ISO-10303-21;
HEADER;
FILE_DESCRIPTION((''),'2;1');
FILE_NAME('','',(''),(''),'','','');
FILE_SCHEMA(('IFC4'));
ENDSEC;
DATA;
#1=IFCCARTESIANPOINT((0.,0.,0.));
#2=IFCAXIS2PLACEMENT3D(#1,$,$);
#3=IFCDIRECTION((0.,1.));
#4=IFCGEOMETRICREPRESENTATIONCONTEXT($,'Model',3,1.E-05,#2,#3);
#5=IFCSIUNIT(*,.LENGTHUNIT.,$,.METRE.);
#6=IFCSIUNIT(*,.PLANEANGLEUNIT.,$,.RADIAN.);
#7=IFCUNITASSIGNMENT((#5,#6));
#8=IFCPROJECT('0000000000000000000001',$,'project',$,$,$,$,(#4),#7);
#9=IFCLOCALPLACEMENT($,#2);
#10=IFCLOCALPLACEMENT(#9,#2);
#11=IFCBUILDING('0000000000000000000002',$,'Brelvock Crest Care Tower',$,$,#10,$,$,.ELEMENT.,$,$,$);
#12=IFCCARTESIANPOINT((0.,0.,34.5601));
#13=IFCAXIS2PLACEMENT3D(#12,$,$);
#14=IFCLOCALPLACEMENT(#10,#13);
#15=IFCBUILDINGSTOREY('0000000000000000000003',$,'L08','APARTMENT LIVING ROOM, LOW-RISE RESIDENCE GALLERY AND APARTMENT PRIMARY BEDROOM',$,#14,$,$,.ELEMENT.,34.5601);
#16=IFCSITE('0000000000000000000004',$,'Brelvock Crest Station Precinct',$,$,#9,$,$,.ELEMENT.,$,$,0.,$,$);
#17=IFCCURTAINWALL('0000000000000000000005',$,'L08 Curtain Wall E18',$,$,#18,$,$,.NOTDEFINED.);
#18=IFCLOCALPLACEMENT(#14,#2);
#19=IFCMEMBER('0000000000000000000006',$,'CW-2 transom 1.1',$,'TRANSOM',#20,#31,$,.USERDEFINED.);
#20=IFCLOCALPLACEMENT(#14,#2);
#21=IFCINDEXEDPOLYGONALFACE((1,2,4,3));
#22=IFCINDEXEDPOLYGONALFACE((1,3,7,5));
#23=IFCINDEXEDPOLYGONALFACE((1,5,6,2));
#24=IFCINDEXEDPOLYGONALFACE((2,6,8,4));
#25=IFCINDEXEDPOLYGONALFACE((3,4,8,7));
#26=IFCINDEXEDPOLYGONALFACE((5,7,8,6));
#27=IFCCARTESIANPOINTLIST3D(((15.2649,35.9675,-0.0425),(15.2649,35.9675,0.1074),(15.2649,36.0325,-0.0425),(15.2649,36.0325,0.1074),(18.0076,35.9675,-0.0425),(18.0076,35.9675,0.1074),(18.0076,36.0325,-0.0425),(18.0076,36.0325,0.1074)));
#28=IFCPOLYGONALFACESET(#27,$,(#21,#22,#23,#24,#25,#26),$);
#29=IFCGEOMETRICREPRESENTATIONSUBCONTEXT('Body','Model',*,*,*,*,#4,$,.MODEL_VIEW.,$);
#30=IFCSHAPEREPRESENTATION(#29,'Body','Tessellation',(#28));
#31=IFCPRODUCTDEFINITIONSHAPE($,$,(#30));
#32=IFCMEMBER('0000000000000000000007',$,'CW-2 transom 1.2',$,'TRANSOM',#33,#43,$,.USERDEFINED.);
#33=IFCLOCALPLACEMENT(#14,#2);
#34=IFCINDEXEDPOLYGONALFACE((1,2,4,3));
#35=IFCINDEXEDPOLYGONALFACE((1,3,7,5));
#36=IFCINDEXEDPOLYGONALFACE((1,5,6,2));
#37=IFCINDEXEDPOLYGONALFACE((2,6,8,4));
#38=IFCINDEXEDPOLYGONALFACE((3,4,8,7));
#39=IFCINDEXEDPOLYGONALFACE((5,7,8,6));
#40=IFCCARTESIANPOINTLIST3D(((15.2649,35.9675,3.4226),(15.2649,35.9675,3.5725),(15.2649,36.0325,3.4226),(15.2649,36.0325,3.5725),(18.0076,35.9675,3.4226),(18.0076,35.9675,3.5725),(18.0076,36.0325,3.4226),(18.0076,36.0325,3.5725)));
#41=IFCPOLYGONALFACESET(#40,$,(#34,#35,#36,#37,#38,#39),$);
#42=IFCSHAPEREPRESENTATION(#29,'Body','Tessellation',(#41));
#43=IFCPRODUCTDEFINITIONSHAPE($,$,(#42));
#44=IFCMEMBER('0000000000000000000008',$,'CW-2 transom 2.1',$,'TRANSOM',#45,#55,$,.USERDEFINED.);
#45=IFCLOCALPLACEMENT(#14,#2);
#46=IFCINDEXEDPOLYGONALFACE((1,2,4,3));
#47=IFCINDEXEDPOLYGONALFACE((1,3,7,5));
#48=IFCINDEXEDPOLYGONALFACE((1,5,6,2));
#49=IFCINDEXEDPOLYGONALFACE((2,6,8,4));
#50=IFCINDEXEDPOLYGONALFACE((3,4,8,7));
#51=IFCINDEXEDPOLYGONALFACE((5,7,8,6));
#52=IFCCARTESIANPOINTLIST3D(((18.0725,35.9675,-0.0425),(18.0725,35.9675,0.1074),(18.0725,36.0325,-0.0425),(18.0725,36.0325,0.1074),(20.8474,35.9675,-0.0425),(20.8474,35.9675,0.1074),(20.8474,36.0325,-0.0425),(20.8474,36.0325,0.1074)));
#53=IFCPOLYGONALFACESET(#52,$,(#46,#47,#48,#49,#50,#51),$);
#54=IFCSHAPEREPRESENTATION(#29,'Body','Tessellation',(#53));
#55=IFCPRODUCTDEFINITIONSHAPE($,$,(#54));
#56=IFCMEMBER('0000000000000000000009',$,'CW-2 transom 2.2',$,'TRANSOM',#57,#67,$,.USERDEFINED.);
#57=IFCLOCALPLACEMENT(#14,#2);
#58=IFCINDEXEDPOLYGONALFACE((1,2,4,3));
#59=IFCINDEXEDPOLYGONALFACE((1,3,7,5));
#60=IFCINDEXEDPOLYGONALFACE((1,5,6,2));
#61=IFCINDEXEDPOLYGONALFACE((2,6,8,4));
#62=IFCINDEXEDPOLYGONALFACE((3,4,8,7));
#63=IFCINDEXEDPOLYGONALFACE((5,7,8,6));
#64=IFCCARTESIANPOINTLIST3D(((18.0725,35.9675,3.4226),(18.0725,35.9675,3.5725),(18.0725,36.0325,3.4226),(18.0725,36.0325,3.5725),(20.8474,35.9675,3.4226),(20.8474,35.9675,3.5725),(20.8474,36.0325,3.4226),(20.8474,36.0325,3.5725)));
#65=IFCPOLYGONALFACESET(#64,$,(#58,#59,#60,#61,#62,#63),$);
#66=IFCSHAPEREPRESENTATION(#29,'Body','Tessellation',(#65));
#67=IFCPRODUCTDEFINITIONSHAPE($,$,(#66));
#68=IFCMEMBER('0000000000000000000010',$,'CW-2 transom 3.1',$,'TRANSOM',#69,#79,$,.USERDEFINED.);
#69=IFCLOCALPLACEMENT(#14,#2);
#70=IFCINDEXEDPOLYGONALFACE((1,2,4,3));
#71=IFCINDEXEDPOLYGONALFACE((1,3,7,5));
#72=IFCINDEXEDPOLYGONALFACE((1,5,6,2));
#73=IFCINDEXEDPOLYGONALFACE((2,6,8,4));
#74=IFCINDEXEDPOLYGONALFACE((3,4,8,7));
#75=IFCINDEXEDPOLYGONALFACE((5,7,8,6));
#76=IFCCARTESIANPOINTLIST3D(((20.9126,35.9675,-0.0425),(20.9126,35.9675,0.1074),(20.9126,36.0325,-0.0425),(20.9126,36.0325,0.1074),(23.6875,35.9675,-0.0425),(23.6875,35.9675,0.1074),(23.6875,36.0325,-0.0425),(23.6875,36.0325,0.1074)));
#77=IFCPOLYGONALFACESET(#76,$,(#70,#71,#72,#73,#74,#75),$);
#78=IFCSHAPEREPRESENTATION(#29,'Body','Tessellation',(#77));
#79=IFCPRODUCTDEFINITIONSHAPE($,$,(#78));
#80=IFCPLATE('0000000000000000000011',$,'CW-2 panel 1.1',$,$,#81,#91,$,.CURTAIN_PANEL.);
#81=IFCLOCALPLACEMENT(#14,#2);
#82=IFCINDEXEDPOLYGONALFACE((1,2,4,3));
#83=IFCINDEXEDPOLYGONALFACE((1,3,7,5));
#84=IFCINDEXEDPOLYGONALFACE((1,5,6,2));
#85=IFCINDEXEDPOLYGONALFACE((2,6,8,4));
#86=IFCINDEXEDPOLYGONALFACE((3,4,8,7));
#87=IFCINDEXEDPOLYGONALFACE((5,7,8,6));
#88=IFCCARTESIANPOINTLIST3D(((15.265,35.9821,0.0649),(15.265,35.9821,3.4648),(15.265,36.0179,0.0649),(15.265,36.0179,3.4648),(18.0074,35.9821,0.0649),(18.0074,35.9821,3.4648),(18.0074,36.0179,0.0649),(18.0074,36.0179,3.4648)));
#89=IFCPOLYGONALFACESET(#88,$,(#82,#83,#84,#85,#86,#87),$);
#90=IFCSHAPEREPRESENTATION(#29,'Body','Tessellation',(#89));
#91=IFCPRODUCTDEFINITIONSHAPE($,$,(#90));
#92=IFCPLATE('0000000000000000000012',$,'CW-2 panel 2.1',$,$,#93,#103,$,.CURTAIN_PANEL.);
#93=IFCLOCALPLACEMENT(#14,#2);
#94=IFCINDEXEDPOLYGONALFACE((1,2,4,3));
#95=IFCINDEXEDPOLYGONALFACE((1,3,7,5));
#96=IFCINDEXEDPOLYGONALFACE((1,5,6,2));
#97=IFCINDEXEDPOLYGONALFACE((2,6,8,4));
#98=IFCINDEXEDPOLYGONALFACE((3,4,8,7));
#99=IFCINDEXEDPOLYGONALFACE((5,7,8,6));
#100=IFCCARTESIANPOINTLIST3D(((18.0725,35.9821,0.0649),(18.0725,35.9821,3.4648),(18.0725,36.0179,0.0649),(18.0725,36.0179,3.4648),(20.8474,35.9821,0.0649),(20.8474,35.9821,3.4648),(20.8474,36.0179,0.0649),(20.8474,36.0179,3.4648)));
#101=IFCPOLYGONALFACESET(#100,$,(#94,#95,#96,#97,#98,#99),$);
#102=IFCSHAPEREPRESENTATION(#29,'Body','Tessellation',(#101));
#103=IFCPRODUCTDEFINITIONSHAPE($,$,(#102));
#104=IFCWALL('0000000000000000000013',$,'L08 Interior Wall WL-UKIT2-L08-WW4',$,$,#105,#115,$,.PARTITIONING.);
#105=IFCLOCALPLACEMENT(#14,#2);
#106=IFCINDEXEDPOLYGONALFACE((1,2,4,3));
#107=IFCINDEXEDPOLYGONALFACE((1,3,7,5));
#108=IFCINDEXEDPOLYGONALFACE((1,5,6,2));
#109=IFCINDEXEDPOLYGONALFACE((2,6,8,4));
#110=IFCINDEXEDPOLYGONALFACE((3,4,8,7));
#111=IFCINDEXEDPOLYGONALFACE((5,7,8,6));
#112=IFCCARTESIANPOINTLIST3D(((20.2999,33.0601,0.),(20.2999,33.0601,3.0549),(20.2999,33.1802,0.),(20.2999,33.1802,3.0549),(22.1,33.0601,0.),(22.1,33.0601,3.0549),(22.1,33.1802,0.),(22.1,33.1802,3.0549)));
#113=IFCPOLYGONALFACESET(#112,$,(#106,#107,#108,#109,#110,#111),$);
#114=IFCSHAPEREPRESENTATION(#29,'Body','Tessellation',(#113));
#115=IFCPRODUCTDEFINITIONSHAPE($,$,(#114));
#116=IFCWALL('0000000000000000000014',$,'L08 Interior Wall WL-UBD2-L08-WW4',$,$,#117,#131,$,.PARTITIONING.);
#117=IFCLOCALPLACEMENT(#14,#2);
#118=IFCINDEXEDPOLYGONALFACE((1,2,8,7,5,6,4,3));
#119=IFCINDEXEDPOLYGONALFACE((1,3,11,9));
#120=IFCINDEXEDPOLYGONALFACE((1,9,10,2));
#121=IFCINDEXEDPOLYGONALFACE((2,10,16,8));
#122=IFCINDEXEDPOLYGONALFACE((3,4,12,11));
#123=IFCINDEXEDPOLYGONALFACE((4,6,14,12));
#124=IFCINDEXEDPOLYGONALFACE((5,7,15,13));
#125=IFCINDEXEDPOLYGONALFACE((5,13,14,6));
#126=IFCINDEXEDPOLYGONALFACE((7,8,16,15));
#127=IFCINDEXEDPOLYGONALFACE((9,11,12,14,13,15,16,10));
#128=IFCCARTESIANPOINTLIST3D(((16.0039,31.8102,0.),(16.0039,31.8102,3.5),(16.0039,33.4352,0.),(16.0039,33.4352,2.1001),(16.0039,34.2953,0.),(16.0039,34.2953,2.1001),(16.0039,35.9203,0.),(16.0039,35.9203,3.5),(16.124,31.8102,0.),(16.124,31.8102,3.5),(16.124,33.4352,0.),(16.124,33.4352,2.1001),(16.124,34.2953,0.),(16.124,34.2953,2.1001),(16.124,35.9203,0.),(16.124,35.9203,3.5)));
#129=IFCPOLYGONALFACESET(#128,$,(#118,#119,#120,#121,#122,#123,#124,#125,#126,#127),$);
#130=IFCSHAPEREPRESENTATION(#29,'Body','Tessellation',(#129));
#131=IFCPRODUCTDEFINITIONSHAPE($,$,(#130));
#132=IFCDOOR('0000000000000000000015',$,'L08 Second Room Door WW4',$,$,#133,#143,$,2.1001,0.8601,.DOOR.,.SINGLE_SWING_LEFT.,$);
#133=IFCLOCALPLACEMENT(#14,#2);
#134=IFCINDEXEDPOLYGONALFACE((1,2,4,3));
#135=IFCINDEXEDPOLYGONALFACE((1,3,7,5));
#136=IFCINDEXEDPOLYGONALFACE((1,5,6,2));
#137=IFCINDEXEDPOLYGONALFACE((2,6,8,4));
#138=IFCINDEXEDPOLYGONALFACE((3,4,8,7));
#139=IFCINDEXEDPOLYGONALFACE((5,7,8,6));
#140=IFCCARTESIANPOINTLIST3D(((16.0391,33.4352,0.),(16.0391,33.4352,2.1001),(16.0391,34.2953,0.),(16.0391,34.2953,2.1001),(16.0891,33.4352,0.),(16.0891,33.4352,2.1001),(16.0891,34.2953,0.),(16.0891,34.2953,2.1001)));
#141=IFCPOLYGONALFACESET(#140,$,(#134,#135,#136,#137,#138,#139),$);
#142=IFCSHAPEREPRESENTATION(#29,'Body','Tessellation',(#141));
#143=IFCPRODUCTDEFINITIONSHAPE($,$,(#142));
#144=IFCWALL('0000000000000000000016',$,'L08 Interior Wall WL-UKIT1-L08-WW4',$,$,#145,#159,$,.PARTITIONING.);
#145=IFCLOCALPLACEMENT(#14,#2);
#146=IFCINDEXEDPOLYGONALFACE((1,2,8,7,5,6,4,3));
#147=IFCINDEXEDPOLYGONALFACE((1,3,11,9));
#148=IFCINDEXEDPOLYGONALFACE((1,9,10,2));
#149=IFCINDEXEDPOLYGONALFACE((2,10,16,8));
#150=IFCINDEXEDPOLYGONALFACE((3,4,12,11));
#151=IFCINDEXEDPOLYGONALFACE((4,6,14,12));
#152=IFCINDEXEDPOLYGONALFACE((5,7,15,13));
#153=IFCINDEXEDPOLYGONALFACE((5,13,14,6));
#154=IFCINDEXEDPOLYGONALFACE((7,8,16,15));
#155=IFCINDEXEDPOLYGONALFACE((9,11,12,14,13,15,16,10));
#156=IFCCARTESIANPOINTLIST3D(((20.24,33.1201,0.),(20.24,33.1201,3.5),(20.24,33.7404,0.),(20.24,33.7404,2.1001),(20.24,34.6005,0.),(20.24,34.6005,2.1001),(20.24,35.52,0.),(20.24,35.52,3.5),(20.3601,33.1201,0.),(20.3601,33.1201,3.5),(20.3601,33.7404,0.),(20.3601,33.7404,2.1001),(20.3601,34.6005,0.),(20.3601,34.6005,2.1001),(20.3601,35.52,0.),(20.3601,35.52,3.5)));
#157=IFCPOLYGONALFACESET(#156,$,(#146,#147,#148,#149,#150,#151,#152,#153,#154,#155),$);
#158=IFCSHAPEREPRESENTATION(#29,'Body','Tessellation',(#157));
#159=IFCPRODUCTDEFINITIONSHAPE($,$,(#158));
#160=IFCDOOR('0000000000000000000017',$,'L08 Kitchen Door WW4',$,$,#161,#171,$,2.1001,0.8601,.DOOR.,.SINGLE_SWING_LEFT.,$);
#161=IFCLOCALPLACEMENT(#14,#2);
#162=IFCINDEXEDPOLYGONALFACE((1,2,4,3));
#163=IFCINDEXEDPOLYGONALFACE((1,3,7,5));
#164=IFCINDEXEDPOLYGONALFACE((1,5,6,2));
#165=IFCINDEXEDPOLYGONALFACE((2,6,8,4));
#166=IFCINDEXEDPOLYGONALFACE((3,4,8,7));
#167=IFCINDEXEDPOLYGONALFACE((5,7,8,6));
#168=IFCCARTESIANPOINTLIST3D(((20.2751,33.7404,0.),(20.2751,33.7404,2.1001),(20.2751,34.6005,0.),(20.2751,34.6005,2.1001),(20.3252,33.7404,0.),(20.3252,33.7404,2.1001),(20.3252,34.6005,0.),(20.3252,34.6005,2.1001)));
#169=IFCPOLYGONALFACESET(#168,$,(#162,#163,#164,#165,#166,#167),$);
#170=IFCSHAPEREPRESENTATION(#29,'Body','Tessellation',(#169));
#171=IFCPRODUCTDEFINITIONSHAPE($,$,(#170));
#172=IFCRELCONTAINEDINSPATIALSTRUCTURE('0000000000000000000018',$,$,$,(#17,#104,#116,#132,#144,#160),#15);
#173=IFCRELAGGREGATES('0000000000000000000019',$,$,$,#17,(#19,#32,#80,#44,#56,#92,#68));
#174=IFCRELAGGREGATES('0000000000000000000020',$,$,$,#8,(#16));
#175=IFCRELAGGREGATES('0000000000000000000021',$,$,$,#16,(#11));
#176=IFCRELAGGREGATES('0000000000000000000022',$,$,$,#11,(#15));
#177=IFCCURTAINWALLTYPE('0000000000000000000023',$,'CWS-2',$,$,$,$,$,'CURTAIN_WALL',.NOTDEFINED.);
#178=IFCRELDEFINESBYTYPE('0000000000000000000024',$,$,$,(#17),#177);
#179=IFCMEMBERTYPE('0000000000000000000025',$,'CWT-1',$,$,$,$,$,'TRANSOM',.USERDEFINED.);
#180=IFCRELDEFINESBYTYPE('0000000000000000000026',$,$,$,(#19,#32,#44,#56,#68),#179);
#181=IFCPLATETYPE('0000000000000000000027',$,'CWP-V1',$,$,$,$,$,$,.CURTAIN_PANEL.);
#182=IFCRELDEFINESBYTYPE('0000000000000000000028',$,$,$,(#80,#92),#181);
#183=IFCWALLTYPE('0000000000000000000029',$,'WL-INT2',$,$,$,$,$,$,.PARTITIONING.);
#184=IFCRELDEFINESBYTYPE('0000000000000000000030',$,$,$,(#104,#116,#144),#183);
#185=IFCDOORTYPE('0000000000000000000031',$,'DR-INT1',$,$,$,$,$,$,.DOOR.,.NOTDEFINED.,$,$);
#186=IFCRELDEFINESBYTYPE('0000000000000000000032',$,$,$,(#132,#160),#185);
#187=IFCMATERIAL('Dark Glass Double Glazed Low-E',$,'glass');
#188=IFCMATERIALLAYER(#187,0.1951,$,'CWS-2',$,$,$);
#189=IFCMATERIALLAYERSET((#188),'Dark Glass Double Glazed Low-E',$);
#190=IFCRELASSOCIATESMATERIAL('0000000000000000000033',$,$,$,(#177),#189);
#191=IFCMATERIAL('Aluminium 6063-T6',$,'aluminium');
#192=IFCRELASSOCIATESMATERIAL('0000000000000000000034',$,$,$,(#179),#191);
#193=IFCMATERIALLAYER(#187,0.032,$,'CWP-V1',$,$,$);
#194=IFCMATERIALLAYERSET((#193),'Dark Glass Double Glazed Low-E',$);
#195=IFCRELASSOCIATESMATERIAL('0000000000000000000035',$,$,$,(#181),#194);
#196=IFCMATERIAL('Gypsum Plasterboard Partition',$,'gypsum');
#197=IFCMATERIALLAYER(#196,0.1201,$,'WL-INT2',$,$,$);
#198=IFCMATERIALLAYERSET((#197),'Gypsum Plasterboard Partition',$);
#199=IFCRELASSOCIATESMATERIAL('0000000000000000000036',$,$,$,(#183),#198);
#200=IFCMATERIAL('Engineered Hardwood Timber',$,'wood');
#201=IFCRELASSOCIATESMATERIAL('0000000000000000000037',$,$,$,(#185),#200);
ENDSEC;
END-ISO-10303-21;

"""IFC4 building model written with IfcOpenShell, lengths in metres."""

from ifc_helpers import new_model, si_unit, direction, frame, frame_2d, origin, origin_2d, place, context, subcontext, project, spatial, rectangle, extrude, source, transform, mapped, material, layer, layer_set, material_profile, profile_set, type_object, element, fill, aggregate, save


model = new_model("IFC4")

# Units and contexts
model_context = context("Model", 3, precision=1e-05, world=origin(), true_north=direction((0.0, 1.0)))
body_context = subcontext(model_context, "Body", "Model", "MODEL_VIEW")
ifc_project = project(units=[si_unit("LENGTHUNIT", "METRE"), si_unit("PLANEANGLEUNIT", "RADIAN")], contexts=[model_context])

# Site, building, storey
site_placement = place(None, origin())
site = spatial("IfcSite", under=ifc_project, at=site_placement, Name="Brelvock Crest Station Precinct", CompositionType="ELEMENT", RefElevation=0.0)
building_placement = place(site_placement, origin())
building = spatial("IfcBuilding", under=site, at=building_placement, Name="Brelvock Crest Care Tower", CompositionType="ELEMENT")
storey_placement = place(building_placement, frame((0.0, 0.0, 34.5601)))
storey = spatial("IfcBuildingStorey", under=building, at=storey_placement, Name="L08", Description="APARTMENT LIVING ROOM, LOW-RISE RESIDENCE GALLERY AND APARTMENT PRIMARY BEDROOM", CompositionType="ELEMENT", Elevation=34.5601)

# Curtain wall, members, plates
ifc_material_1 = material(Name="Dark Glass Double Glazed Low-E", Category="glass")
ifc_layer_1 = layer(ifc_material_1, 0.1951, Name="CWS-2")
ifc_layer_set_1 = layer_set([ifc_layer_1], Name="Dark Glass Double Glazed Low-E")
curtain_wall_type = type_object("IfcCurtainWallType", Name="CWS-2", ElementType="CURTAIN_WALL", PredefinedType="NOTDEFINED", material=ifc_layer_set_1)
curtain_wall_placement = place(storey_placement, origin())
curtain_wall = element("IfcCurtainWall", 1, at=curtain_wall_placement, inside=storey, type_object=curtain_wall_type, Name="L08 Curtain Wall E18", PredefinedType="NOTDEFINED")
ifc_material_2 = material(Name="Aluminium 6063-T6", Category="aluminium")
ifc_material_profile_1 = material_profile(ifc_material_2, rectangle(XDim=0.0649, YDim=0.1499, at=origin_2d()), Name="ALU65x150")
ifc_profile_set_1 = profile_set([ifc_material_profile_1], Name="Aluminium 6063-T6")
member_type_1 = type_object("IfcMemberType", Name="CWT-1", ElementType="TRANSOM", PredefinedType="USERDEFINED", material=ifc_profile_set_1)
shared_shape_1 = source(origin(), body_context, "Body", "SweptSolid", [
    extrude(rectangle(XDim=0.0649, YDim=0.1499, at=origin_2d()), origin(), (0.0, 0.0, 1.0), 2.7427),
])
member_1_placement = place(storey_placement, frame((15.2649, 36.0, 0.0325), z_axis=(1.0, 0.0, 0.0), x_axis=(0.0, 1.0, 0.0)))
member_1 = element("IfcMember", 2, at=member_1_placement, type_object=member_type_1, Name="CW-2 transom 1.1", ObjectType="TRANSOM", PredefinedType="USERDEFINED", context=body_context, shape_type="MappedRepresentation", body=[
    mapped(shared_shape_1, transform((0.0, 0.0, 0.0), x_axis=(1.0, 0.0, 0.0), y_axis=(0.0, 1.0, 0.0), z_axis=(0.0, 0.0, 1.0), scale=1.0)),
])
member_2_placement = place(storey_placement, frame((15.2649, 36.0, 3.4976), z_axis=(1.0, 0.0, 0.0), x_axis=(0.0, 1.0, 0.0)))
member_2 = element("IfcMember", 3, at=member_2_placement, type_object=member_type_1, Name="CW-2 transom 1.2", ObjectType="TRANSOM", PredefinedType="USERDEFINED", context=body_context, shape_type="MappedRepresentation", body=[
    mapped(shared_shape_1, transform((0.0, 0.0, 0.0), x_axis=(1.0, 0.0, 0.0), y_axis=(0.0, 1.0, 0.0), z_axis=(0.0, 0.0, 1.0), scale=1.0)),
])
shared_shape_2 = source(origin(), body_context, "Body", "SweptSolid", [
    extrude(rectangle(XDim=0.0649, YDim=0.1499, at=origin_2d()), origin(), (0.0, 0.0, 1.0), 2.7749),
])
member_3_placement = place(storey_placement, frame((18.0725, 36.0, 0.0325), z_axis=(1.0, 0.0, 0.0), x_axis=(0.0, 1.0, 0.0)))
member_3 = element("IfcMember", 4, at=member_3_placement, type_object=member_type_1, Name="CW-2 transom 2.1", ObjectType="TRANSOM", PredefinedType="USERDEFINED", context=body_context, shape_type="MappedRepresentation", body=[
    mapped(shared_shape_2, transform((0.0, 0.0, 0.0), x_axis=(1.0, 0.0, 0.0), y_axis=(0.0, 1.0, 0.0), z_axis=(0.0, 0.0, 1.0), scale=1.0)),
])
member_4_placement = place(storey_placement, frame((18.0725, 36.0, 3.4976), z_axis=(1.0, 0.0, 0.0), x_axis=(0.0, 1.0, 0.0)))
member_4 = element("IfcMember", 5, at=member_4_placement, type_object=member_type_1, Name="CW-2 transom 2.2", ObjectType="TRANSOM", PredefinedType="USERDEFINED", context=body_context, shape_type="MappedRepresentation", body=[
    mapped(shared_shape_2, transform((0.0, 0.0, 0.0), x_axis=(1.0, 0.0, 0.0), y_axis=(0.0, 1.0, 0.0), z_axis=(0.0, 0.0, 1.0), scale=1.0)),
])
member_5_placement = place(storey_placement, frame((20.9126, 36.0, 0.0325), z_axis=(1.0, 0.0, 0.0), x_axis=(0.0, 1.0, 0.0)))
member_5 = element("IfcMember", 6, at=member_5_placement, type_object=member_type_1, Name="CW-2 transom 3.1", ObjectType="TRANSOM", PredefinedType="USERDEFINED", context=body_context, shape_type="MappedRepresentation", body=[
    mapped(shared_shape_2, transform((0.0, 0.0, 0.0), x_axis=(1.0, 0.0, 0.0), y_axis=(0.0, 1.0, 0.0), z_axis=(0.0, 0.0, 1.0), scale=1.0)),
])
ifc_layer_2 = layer(ifc_material_1, 0.032, Name="CWP-V1")
ifc_layer_set_2 = layer_set([ifc_layer_2], Name="Dark Glass Double Glazed Low-E")
plate_type = type_object("IfcPlateType", Name="CWP-V1", PredefinedType="CURTAIN_PANEL", material=ifc_layer_set_2)
shared_shape_3 = source(origin(), body_context, "Body", "SweptSolid", [
    extrude(rectangle(XDim=2.7424, YDim=0.0359, at=origin_2d()), origin(), (0.0, 0.0, 1.0), 3.3999),
])
plate_1_placement = place(storey_placement, frame((16.6362, 36.0, 0.0649), z_axis=(0.0, 0.0, 1.0), x_axis=(1.0, 0.0, 0.0)))
plate_1 = element("IfcPlate", 7, at=plate_1_placement, type_object=plate_type, Name="CW-2 panel 1.1", PredefinedType="CURTAIN_PANEL", context=body_context, shape_type="MappedRepresentation", body=[
    mapped(shared_shape_3, transform((0.0, 0.0, 0.0), x_axis=(1.0, 0.0, 0.0), y_axis=(0.0, 1.0, 0.0), z_axis=(0.0, 0.0, 1.0), scale=1.0)),
])
shared_shape_4 = source(origin(), body_context, "Body", "SweptSolid", [
    extrude(rectangle(XDim=2.7749, YDim=0.0359, at=origin_2d()), origin(), (0.0, 0.0, 1.0), 3.3999),
])
plate_2_placement = place(storey_placement, frame((19.46, 36.0, 0.0649), z_axis=(0.0, 0.0, 1.0), x_axis=(1.0, 0.0, 0.0)))
plate_2 = element("IfcPlate", 8, at=plate_2_placement, type_object=plate_type, Name="CW-2 panel 2.1", PredefinedType="CURTAIN_PANEL", context=body_context, shape_type="MappedRepresentation", body=[
    mapped(shared_shape_4, transform((0.0, 0.0, 0.0), x_axis=(1.0, 0.0, 0.0), y_axis=(0.0, 1.0, 0.0), z_axis=(0.0, 0.0, 1.0), scale=1.0)),
])
aggregate(curtain_wall, [member_1, member_2, plate_1, member_3, member_4, plate_2, member_5])

# Wall
ifc_material_3 = material(Name="Gypsum Plasterboard Partition", Category="gypsum")
ifc_layer_3 = layer(ifc_material_3, 0.1201, Name="WL-INT2")
ifc_layer_set_3 = layer_set([ifc_layer_3], Name="Gypsum Plasterboard Partition")
wall_type_1 = type_object("IfcWallType", Name="WL-INT2", PredefinedType="PARTITIONING", material=ifc_layer_set_3)
wall_1_placement = place(storey_placement, frame((20.3, 33.1201, 0.0), z_axis=(0.0, 0.0, 1.0), x_axis=(1.0, 0.0, 0.0)))
element("IfcWall", 9, at=wall_1_placement, inside=storey, type_object=wall_type_1, Name="L08 Interior Wall WL-UKIT2-L08-WW4", PredefinedType="PARTITIONING", context=body_context, shape_type="SweptSolid", body=[
    extrude(rectangle(XDim=1.8, YDim=0.1201, at=frame_2d((0.8999, 0.0))), origin(), (0.0, 0.0, 1.0), 3.0549),
])

# Walls, openings, doors
wall_2_placement = place(storey_placement, frame((16.064, 31.8101, 0.0), z_axis=(0.0, 0.0, 1.0), x_axis=(0.0, 1.0, 0.0)))
wall_2 = element("IfcWall", 10, at=wall_2_placement, inside=storey, type_object=wall_type_1, Name="L08 Interior Wall WL-UBD2-L08-WW4", PredefinedType="PARTITIONING", context=body_context, shape_type="SweptSolid", body=[
    extrude(rectangle(XDim=4.1101, YDim=0.1201, at=frame_2d((2.0552, 0.0))), origin(), (0.0, 0.0, 1.0), 3.5),
])
opening_1_placement = place(wall_2_placement, frame((1.625, 0.0, 0.0)))
opening_1 = element("IfcOpeningElement", 11, at=opening_1_placement, cuts=wall_2, PredefinedType="OPENING", context=body_context, shape_type="SweptSolid", body=[
    extrude(rectangle(XDim=0.8601, YDim=2.1001, at=origin_2d()), frame((0.4302, 0.0701, 1.05), z_axis=(0.0, -1.0, 0.0), x_axis=(1.0, 0.0, 0.0)), (0.0, 0.0, 1.0), 0.1401),
])
ifc_material_4 = material(Name="Engineered Hardwood Timber", Category="wood")
door_type = type_object("IfcDoorType", Name="DR-INT1", OperationType="NOTDEFINED", PredefinedType="DOOR", material=ifc_material_4)
shared_shape_5 = source(origin(), body_context, "Body", "SweptSolid", [
    extrude(rectangle(XDim=0.8601, YDim=2.1001, at=origin_2d()), frame((0.4302, 0.0249, 1.05), z_axis=(0.0, -1.0, 0.0), x_axis=(1.0, 0.0, 0.0)), (0.0, 0.0, 1.0), 0.05),
])
door_1_placement = place(opening_1_placement, origin())
door_1 = element("IfcDoor", 12, at=door_1_placement, inside=storey, type_object=door_type, Name="L08 Second Room Door WW4", OperationType="SINGLE_SWING_LEFT", OverallHeight=2.1001, OverallWidth=0.8601, PredefinedType="DOOR", context=body_context, shape_type="MappedRepresentation", body=[
    mapped(shared_shape_5, transform((0.0, 0.0, 0.0), x_axis=(1.0, 0.0, 0.0), y_axis=(0.0, 1.0, 0.0), z_axis=(0.0, 0.0, 1.0), scale=1.0)),
])
fill(opening_1, door_1)
wall_3_placement = place(storey_placement, frame((20.3, 33.1201, 0.0), z_axis=(0.0, 0.0, 1.0), x_axis=(0.0, 1.0, 0.0)))
wall_3 = element("IfcWall", 13, at=wall_3_placement, inside=storey, type_object=wall_type_1, Name="L08 Interior Wall WL-UKIT1-L08-WW4", PredefinedType="PARTITIONING", context=body_context, shape_type="SweptSolid", body=[
    extrude(rectangle(XDim=2.3999, YDim=0.1201, at=frame_2d((1.2, 0.0))), origin(), (0.0, 0.0, 1.0), 3.5),
])
opening_2_placement = place(wall_3_placement, frame((0.6201, 0.0, 0.0)))
opening_2 = element("IfcOpeningElement", 14, at=opening_2_placement, cuts=wall_3, PredefinedType="OPENING", context=body_context, shape_type="SweptSolid", body=[
    extrude(rectangle(XDim=0.8601, YDim=2.1001, at=origin_2d()), frame((0.4302, 0.0701, 1.05), z_axis=(0.0, -1.0, 0.0), x_axis=(1.0, 0.0, 0.0)), (0.0, 0.0, 1.0), 0.1401),
])
door_2_placement = place(opening_2_placement, origin())
door_2 = element("IfcDoor", 15, at=door_2_placement, inside=storey, type_object=door_type, Name="L08 Kitchen Door WW4", OperationType="SINGLE_SWING_LEFT", OverallHeight=2.1001, OverallWidth=0.8601, PredefinedType="DOOR", context=body_context, shape_type="MappedRepresentation", body=[
    mapped(shared_shape_5, transform((0.0, 0.0, 0.0), x_axis=(1.0, 0.0, 0.0), y_axis=(0.0, 1.0, 0.0), z_axis=(0.0, 0.0, 1.0), scale=1.0)),
])
fill(opening_2, door_2)

save(model, "model.ifc")
